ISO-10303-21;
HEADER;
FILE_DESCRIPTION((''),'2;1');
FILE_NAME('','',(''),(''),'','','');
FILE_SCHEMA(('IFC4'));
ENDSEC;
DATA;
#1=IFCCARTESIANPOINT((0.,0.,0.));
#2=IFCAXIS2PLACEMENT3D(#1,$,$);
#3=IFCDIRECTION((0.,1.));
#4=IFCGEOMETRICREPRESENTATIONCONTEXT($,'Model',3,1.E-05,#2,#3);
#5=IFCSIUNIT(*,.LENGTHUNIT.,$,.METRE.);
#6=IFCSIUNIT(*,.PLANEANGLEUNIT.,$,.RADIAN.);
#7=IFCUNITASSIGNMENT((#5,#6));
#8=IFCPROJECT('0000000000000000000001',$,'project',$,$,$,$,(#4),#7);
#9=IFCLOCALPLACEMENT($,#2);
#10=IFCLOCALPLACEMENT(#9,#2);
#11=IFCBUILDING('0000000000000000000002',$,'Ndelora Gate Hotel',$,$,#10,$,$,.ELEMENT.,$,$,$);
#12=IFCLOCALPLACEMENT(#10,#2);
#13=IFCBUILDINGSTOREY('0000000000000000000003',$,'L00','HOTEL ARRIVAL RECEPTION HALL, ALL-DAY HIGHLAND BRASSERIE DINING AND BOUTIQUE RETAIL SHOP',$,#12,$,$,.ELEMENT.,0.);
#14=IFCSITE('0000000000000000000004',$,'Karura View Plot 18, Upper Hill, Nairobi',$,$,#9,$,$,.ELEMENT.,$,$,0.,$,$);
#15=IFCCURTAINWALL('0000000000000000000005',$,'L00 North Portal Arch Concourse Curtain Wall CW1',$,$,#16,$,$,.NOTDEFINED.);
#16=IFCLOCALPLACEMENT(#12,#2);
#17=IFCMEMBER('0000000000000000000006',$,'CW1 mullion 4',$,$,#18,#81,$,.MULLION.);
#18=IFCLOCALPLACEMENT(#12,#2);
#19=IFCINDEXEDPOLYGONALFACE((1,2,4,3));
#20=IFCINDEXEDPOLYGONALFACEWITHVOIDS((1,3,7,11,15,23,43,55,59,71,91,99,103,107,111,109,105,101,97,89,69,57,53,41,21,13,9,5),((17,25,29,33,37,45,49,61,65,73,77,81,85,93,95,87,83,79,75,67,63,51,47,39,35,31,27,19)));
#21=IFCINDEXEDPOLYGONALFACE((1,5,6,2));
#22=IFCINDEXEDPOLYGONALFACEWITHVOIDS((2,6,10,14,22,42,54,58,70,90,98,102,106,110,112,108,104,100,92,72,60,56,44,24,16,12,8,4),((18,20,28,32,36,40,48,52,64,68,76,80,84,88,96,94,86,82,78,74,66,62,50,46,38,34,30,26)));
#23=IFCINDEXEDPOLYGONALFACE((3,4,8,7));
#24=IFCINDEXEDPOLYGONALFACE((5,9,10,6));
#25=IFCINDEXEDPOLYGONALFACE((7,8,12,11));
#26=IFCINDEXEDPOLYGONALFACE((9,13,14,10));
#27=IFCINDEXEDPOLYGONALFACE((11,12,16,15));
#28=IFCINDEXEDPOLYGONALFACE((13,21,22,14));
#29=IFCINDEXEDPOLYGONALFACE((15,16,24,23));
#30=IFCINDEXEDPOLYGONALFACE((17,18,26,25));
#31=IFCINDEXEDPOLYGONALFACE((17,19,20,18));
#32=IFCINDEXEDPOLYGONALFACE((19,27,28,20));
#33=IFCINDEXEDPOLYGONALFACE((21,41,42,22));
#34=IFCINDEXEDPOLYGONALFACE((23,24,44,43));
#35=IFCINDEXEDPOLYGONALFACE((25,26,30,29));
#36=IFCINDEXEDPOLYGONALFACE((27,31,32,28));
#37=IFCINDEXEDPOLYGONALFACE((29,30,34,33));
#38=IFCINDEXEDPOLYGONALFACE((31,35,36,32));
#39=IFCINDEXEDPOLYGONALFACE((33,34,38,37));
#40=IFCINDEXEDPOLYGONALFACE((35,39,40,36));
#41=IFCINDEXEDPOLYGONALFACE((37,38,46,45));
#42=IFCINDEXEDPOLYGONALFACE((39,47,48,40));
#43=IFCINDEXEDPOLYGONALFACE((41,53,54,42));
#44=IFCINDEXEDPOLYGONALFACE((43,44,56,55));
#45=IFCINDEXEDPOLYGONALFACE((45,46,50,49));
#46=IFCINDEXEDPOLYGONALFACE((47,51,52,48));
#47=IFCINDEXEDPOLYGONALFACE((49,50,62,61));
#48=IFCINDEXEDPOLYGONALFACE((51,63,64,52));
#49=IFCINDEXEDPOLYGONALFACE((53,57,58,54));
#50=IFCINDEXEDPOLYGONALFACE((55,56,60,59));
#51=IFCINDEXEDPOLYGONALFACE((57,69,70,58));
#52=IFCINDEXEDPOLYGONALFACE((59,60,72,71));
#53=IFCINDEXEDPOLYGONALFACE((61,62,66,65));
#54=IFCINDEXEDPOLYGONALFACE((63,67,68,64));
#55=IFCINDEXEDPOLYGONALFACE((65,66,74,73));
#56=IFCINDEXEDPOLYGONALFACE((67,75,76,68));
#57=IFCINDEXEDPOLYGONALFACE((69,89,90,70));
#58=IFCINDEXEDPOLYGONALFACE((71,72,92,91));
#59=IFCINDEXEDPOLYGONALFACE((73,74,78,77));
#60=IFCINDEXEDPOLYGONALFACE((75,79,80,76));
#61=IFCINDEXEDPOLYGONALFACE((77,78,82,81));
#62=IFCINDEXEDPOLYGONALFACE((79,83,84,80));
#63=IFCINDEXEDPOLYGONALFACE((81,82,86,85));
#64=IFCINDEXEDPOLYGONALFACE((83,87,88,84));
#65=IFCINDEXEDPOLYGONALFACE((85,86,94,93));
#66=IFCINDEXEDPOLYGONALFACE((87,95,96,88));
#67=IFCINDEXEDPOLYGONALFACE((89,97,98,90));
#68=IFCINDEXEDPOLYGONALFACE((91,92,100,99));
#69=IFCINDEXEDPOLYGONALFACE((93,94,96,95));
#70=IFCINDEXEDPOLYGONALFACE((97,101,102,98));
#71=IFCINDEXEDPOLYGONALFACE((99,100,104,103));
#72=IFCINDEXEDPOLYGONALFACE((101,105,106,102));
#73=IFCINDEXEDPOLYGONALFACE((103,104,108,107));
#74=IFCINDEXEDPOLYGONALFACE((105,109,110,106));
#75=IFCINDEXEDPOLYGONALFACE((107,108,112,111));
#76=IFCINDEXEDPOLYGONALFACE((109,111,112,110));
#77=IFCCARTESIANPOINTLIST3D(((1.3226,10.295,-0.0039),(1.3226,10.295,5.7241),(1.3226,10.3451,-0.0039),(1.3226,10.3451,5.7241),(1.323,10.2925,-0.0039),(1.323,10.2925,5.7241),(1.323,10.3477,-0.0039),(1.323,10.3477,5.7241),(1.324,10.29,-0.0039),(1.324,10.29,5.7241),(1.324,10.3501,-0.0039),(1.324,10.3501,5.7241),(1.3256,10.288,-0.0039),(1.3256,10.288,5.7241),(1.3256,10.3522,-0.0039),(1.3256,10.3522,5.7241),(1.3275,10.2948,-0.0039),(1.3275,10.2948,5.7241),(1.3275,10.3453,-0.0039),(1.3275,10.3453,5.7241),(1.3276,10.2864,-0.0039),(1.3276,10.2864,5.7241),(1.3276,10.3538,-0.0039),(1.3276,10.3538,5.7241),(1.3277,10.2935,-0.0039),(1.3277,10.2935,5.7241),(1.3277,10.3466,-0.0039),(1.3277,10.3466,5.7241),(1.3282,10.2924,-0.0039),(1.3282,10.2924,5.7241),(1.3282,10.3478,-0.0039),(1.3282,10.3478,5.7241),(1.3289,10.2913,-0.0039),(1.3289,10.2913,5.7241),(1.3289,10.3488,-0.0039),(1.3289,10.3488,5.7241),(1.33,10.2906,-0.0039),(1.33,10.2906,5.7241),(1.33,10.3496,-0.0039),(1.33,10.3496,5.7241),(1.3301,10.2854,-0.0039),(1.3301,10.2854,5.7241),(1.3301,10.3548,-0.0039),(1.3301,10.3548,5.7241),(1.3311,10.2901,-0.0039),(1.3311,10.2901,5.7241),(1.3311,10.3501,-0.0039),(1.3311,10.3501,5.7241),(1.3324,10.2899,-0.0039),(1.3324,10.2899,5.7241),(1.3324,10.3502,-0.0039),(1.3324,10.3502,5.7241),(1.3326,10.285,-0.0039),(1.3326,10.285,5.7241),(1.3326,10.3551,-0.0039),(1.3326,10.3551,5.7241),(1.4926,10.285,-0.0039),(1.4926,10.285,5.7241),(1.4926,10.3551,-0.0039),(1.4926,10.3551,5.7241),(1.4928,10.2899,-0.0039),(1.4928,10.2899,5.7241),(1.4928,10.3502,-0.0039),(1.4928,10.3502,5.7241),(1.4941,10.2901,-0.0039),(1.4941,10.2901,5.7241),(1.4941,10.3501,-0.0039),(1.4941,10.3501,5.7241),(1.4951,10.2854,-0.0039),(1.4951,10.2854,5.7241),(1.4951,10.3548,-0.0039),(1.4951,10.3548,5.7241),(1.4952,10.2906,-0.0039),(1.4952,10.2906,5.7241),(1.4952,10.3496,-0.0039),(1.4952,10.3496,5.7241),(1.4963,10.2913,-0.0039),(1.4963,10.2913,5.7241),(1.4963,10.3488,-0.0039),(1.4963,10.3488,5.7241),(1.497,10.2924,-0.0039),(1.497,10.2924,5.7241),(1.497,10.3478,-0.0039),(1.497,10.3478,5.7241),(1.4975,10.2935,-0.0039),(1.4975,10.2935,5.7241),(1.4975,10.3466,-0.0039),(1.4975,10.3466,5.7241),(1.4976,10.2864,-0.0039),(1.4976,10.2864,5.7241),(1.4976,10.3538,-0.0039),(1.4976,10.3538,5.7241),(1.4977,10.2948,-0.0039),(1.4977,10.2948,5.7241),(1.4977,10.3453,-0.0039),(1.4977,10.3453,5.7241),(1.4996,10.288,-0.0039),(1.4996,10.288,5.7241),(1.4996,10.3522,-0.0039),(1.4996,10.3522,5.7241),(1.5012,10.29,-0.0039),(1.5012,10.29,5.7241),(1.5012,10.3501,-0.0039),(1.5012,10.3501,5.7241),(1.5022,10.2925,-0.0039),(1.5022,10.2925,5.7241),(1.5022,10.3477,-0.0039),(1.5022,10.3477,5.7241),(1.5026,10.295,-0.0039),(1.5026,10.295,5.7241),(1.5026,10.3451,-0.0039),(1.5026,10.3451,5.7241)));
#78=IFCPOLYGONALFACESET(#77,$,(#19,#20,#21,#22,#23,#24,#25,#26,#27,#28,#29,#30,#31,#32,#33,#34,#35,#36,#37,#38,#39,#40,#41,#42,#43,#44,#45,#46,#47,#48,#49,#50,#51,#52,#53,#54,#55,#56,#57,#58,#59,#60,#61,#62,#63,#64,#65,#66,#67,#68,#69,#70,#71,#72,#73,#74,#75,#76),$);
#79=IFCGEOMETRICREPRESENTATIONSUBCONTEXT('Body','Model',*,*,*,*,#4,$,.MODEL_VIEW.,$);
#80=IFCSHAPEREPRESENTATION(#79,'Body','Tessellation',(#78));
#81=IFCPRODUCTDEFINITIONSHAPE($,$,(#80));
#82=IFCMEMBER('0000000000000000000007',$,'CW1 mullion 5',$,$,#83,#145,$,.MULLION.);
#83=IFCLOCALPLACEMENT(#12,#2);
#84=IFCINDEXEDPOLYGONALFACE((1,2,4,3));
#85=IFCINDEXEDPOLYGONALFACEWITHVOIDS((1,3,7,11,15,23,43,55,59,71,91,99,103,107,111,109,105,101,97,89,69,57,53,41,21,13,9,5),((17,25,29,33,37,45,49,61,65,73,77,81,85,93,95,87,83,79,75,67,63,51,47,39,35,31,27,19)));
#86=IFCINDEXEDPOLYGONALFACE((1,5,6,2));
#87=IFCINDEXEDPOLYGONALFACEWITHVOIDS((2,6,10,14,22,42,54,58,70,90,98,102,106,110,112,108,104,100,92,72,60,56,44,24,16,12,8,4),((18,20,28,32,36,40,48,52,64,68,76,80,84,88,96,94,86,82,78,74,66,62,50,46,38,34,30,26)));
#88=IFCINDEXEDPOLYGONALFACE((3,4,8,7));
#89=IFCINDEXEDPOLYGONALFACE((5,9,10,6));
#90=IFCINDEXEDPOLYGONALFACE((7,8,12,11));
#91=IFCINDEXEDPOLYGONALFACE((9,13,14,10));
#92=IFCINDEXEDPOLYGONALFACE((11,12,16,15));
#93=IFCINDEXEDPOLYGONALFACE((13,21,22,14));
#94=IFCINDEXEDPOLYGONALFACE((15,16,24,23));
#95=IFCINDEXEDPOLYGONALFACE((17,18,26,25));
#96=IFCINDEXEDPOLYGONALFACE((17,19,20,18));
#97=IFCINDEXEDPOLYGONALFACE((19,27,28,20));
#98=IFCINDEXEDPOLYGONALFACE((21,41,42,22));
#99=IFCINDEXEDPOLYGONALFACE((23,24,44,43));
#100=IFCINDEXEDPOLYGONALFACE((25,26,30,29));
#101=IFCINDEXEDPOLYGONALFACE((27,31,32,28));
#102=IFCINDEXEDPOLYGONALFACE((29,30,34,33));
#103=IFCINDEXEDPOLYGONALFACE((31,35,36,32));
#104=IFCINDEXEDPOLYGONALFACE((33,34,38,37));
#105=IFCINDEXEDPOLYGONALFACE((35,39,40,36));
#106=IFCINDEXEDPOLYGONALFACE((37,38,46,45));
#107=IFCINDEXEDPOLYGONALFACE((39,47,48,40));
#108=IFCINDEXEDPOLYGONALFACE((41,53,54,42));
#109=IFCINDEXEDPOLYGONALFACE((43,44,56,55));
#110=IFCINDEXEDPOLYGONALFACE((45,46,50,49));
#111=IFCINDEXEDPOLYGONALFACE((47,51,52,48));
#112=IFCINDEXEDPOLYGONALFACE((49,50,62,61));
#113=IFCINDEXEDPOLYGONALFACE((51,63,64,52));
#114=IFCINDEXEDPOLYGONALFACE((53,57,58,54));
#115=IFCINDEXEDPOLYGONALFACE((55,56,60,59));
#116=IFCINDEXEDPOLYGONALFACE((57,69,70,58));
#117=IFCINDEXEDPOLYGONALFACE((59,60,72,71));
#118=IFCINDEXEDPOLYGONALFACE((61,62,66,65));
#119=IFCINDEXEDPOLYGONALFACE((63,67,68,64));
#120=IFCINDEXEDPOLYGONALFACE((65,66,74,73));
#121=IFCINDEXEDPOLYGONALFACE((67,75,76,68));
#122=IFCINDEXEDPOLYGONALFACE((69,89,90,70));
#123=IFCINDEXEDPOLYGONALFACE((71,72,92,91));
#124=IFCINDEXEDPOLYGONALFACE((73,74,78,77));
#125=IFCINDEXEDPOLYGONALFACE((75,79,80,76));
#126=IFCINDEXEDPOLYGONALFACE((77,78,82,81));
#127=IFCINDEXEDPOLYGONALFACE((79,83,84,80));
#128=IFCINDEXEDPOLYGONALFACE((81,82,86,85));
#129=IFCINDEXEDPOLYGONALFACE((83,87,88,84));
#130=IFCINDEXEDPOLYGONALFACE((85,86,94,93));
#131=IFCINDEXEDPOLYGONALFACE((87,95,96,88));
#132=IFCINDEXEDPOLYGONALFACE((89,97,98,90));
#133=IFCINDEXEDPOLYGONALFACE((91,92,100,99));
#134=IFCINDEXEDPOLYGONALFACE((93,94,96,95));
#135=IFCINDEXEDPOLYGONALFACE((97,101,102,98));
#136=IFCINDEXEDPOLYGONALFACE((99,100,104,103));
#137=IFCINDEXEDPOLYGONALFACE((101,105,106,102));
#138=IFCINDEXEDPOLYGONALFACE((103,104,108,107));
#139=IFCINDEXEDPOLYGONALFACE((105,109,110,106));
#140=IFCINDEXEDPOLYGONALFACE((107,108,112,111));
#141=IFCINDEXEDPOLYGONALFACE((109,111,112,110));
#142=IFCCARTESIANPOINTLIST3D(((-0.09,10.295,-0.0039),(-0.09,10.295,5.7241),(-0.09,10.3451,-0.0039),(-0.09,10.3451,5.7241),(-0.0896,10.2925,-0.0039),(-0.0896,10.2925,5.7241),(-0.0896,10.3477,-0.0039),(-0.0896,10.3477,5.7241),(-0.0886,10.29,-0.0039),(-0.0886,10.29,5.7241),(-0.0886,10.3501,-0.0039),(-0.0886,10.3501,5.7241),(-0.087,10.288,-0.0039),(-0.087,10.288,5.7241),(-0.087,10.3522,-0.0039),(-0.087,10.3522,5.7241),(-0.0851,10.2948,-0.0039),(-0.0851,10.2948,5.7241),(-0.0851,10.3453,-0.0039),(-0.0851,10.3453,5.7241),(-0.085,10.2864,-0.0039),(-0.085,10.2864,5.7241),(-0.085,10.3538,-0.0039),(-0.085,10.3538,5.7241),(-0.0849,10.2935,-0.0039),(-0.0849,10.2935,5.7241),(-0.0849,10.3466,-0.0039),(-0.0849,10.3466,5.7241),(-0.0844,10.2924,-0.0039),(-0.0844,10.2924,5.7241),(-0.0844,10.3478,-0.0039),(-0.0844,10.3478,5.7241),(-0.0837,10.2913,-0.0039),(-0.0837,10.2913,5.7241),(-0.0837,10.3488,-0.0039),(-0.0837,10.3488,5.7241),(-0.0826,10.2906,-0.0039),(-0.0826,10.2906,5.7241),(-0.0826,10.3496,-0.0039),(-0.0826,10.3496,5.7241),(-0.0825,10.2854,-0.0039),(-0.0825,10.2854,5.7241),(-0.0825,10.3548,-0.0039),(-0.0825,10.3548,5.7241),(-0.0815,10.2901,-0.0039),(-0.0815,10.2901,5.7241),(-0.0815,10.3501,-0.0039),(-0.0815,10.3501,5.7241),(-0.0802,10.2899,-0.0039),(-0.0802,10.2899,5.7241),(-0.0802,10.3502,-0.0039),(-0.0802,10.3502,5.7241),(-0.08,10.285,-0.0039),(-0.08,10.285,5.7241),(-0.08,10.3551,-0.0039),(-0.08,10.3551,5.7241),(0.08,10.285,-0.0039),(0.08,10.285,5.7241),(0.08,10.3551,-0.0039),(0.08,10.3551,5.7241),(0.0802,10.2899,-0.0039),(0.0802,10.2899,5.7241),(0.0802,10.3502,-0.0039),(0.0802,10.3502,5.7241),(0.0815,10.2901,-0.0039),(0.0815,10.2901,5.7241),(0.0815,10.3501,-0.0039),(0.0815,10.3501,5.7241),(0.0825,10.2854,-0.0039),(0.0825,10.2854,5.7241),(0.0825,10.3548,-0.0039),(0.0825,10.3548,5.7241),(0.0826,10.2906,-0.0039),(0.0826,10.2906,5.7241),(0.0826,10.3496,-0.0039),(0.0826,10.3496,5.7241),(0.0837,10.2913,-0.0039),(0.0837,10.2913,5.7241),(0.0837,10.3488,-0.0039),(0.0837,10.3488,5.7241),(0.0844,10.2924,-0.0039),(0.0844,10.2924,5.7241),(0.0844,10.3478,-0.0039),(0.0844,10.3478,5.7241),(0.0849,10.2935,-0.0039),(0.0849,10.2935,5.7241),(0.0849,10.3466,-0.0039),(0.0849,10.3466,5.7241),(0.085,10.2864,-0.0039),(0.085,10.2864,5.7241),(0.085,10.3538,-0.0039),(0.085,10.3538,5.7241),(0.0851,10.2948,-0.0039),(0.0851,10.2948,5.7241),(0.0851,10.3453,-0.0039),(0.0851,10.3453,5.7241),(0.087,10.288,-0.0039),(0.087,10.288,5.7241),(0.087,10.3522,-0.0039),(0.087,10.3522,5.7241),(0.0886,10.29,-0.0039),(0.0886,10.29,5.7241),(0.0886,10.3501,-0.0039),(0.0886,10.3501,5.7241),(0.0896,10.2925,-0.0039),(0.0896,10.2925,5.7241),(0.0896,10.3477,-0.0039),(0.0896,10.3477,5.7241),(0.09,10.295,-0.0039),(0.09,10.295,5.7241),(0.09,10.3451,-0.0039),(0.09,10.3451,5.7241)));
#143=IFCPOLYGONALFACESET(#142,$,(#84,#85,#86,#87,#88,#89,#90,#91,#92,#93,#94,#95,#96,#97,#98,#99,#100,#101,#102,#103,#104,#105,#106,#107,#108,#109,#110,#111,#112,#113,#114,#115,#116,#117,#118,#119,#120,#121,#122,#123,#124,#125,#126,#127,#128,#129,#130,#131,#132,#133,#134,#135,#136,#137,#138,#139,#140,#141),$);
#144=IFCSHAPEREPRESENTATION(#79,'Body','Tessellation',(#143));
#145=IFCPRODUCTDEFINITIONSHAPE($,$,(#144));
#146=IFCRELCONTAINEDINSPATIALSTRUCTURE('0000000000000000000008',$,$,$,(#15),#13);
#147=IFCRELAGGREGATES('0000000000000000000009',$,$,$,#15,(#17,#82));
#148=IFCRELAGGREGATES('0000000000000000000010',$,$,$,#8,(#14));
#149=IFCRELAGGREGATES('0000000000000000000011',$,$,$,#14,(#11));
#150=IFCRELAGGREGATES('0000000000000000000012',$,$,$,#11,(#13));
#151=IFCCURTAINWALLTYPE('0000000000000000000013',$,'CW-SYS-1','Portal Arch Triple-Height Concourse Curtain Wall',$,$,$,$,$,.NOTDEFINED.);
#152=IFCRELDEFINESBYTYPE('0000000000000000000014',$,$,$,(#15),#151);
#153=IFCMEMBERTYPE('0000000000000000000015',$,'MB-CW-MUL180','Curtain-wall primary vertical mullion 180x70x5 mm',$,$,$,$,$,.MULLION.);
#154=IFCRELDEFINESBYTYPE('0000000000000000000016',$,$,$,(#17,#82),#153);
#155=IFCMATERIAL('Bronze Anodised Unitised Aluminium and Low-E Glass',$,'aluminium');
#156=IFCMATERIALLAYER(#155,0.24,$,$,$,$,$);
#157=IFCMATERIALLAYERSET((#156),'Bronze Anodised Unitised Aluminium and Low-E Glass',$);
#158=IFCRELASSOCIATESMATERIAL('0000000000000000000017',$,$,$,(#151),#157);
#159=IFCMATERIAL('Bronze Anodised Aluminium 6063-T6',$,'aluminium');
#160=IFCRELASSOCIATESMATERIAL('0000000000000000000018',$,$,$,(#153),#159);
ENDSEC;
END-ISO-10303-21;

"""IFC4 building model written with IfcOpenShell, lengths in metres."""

from ifc_helpers import new_model, si_unit, direction, frame, origin, origin_2d, place, context, subcontext, project, spatial, hollow_rectangle, extrude, material, layer, layer_set, material_profile, profile_set, type_object, element, aggregate, save


model = new_model("IFC4")

# Units and contexts
model_context = context("Model", 3, precision=1e-05, world=origin(), true_north=direction((0.0, 1.0)))
body_context = subcontext(model_context, "Body", "Model", "MODEL_VIEW")
ifc_project = project(units=[si_unit("LENGTHUNIT", "METRE"), si_unit("PLANEANGLEUNIT", "RADIAN")], contexts=[model_context])

# Site, building, storey
site_placement = place(None, origin())
site = spatial("IfcSite", under=ifc_project, at=site_placement, Name="Karura View Plot 18, Upper Hill, Nairobi", CompositionType="ELEMENT", RefElevation=0.0)
building_placement = place(site_placement, origin())
building = spatial("IfcBuilding", under=site, at=building_placement, Name="Ndelora Gate Hotel", CompositionType="ELEMENT")
storey_placement = place(building_placement, origin())
storey = spatial("IfcBuildingStorey", under=building, at=storey_placement, Name="L00", Description="HOTEL ARRIVAL RECEPTION HALL, ALL-DAY HIGHLAND BRASSERIE DINING AND BOUTIQUE RETAIL SHOP", CompositionType="ELEMENT", Elevation=0.0)

# Curtain wall, members
ifc_material_1 = material(Name="Bronze Anodised Unitised Aluminium and Low-E Glass", Category="aluminium")
ifc_layer_1 = layer(ifc_material_1, 0.24)
ifc_layer_set_1 = layer_set([ifc_layer_1], Name="Bronze Anodised Unitised Aluminium and Low-E Glass")
curtain_wall_type = type_object("IfcCurtainWallType", Name="CW-SYS-1", Description="Portal Arch Triple-Height Concourse Curtain Wall", PredefinedType="NOTDEFINED", material=ifc_layer_set_1)
curtain_wall_placement = place(storey_placement, origin())
curtain_wall = element("IfcCurtainWall", 1, at=curtain_wall_placement, inside=storey, type_object=curtain_wall_type, Name="L00 North Portal Arch Concourse Curtain Wall CW1", PredefinedType="NOTDEFINED")
ifc_material_2 = material(Name="Bronze Anodised Aluminium 6063-T6", Category="aluminium")
ifc_material_profile_1 = material_profile(ifc_material_2, hollow_rectangle(XDim=0.0701, YDim=0.1799, WallThickness=0.0049, InnerFilletRadius=0.0049, OuterFilletRadius=0.01, at=origin_2d()), Name="ALU 180x70x5")
ifc_profile_set_1 = profile_set([ifc_material_profile_1], Name="Bronze Anodised Aluminium 6063-T6")
member_type_1 = type_object("IfcMemberType", Name="MB-CW-MUL180", Description="Curtain-wall primary vertical mullion 180x70x5 mm", PredefinedType="MULLION", material=ifc_profile_set_1)
member_1_placement = place(storey_placement, frame((1.4126, 10.3201, -0.0039), z_axis=(0.0, 0.0, 1.0), x_axis=(0.0, -1.0, 0.0)))
member_1 = element("IfcMember", 2, at=member_1_placement, type_object=member_type_1, Name="CW1 mullion 4", PredefinedType="MULLION", context=body_context, shape_type="SweptSolid", body=[
    extrude(hollow_rectangle(XDim=0.0701, YDim=0.1799, WallThickness=0.0049, InnerFilletRadius=0.0049, OuterFilletRadius=0.01, at=origin_2d()), origin(), (0.0, 0.0, 1.0), 5.728),
])
member_2_placement = place(storey_placement, frame((0.0, 10.3201, -0.0039), z_axis=(0.0, 0.0, 1.0), x_axis=(0.0, -1.0, 0.0)))
member_2 = element("IfcMember", 3, at=member_2_placement, type_object=member_type_1, Name="CW1 mullion 5", PredefinedType="MULLION", context=body_context, shape_type="SweptSolid", body=[
    extrude(hollow_rectangle(XDim=0.0701, YDim=0.1799, WallThickness=0.0049, InnerFilletRadius=0.0049, OuterFilletRadius=0.01, at=origin_2d()), origin(), (0.0, 0.0, 1.0), 5.728),
])
aggregate(curtain_wall, [member_1, member_2])

save(model, "model.ifc")
